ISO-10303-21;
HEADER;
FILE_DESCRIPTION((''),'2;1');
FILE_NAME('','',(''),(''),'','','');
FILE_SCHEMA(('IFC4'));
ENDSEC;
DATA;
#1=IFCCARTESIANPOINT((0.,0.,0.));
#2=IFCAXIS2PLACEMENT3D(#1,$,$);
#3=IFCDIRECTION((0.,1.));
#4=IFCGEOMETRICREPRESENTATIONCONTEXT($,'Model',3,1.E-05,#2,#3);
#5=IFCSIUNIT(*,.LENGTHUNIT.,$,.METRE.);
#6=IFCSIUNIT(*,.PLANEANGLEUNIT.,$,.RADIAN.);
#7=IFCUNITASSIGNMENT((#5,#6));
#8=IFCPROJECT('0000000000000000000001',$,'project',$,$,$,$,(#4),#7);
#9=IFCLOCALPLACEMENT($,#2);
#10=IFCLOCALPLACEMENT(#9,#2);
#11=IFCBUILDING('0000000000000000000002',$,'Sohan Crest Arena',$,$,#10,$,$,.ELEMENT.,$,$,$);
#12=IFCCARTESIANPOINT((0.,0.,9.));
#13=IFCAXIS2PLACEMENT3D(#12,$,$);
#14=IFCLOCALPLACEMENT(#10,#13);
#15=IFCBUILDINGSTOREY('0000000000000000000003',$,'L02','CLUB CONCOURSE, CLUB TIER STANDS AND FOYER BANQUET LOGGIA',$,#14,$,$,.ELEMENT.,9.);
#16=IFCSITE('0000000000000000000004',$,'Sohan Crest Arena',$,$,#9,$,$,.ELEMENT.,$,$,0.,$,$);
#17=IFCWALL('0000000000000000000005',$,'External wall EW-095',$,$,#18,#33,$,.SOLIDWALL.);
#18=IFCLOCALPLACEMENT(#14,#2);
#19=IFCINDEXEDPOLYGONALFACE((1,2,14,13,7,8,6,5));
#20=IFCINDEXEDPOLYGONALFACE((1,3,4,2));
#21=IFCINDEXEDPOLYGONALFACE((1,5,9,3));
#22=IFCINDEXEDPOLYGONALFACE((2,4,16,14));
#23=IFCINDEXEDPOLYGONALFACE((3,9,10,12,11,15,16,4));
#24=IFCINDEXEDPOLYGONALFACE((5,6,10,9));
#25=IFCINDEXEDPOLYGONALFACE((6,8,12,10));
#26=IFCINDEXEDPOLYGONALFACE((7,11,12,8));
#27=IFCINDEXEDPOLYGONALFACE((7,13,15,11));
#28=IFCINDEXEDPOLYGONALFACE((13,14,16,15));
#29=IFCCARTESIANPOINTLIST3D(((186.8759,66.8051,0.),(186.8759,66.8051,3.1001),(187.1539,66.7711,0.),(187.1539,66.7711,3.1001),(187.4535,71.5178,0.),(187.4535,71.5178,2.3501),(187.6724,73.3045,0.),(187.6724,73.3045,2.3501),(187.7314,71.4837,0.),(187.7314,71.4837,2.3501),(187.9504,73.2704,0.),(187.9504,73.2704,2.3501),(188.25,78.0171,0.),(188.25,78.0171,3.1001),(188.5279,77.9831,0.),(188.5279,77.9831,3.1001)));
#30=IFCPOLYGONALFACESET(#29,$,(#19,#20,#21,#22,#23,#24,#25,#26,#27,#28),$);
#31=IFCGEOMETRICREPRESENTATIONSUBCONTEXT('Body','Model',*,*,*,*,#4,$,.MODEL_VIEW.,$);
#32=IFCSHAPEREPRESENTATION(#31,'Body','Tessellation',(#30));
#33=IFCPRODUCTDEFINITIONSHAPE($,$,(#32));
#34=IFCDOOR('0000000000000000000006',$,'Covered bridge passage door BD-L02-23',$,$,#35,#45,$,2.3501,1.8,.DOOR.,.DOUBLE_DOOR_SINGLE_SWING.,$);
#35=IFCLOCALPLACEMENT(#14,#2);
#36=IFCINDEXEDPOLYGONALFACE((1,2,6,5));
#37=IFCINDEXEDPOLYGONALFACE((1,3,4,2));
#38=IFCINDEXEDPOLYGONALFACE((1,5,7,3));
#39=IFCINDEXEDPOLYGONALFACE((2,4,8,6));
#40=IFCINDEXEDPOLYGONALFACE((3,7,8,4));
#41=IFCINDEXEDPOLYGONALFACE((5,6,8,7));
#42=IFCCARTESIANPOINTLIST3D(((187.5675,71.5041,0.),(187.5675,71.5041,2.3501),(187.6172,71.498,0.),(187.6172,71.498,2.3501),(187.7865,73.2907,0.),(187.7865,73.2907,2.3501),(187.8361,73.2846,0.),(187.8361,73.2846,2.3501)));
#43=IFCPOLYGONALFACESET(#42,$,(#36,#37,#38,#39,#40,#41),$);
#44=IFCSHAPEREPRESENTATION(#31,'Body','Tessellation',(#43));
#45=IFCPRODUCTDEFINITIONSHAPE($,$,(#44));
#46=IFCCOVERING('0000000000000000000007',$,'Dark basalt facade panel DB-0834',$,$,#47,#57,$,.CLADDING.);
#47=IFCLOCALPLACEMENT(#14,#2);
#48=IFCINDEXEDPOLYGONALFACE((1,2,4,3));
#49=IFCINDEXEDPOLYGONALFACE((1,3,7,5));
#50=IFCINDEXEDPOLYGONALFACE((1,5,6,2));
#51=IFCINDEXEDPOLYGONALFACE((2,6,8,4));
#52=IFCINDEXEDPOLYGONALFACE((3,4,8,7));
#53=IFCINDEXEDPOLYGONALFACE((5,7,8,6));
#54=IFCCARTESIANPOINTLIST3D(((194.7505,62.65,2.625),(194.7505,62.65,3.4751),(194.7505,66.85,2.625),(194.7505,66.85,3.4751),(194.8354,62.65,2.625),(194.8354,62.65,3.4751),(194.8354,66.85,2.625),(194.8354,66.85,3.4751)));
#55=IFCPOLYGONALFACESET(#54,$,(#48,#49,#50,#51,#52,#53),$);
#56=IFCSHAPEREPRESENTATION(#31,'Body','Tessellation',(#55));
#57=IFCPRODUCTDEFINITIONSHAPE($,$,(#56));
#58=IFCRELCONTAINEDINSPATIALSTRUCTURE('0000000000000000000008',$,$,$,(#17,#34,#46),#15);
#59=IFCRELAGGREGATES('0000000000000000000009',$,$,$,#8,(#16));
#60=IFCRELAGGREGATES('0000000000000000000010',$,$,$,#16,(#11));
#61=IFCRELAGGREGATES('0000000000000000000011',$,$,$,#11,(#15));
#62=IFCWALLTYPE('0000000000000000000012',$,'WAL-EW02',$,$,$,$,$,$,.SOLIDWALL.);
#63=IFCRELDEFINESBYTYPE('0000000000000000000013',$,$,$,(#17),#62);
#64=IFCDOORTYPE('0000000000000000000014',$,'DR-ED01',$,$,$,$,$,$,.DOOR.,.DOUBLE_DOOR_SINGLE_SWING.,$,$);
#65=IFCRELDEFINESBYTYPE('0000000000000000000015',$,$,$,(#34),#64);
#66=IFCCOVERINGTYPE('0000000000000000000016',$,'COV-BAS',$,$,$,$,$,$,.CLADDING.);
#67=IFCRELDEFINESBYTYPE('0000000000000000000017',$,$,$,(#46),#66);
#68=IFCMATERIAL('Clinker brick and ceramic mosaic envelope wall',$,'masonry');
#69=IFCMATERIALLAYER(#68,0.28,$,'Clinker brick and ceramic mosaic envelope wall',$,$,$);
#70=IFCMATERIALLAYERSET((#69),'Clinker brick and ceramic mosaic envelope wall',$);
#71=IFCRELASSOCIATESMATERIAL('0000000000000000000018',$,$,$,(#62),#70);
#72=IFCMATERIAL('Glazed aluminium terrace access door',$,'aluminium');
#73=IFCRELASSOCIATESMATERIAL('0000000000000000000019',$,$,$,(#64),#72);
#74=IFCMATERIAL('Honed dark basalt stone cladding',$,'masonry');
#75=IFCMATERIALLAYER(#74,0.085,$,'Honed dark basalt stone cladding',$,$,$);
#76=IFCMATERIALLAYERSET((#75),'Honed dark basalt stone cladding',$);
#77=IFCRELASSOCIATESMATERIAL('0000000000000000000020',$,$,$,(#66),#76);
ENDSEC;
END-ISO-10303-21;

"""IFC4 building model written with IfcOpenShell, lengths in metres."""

from ifc_helpers import new_model, si_unit, direction, frame, frame_2d, origin, origin_2d, place, context, subcontext, project, spatial, rectangle, extrude, material, layer, layer_set, type_object, element, fill, save


model = new_model("IFC4")

# Units and contexts
model_context = context("Model", 3, precision=1e-05, world=origin(), true_north=direction((0.0, 1.0)))
body_context = subcontext(model_context, "Body", "Model", "MODEL_VIEW")
ifc_project = project(units=[si_unit("LENGTHUNIT", "METRE"), si_unit("PLANEANGLEUNIT", "RADIAN")], contexts=[model_context])

# Site, building, storey
site_placement = place(None, origin())
site = spatial("IfcSite", under=ifc_project, at=site_placement, Name="Sohan Crest Arena", CompositionType="ELEMENT", RefElevation=0.0)
building_placement = place(site_placement, origin())
building = spatial("IfcBuilding", under=site, at=building_placement, Name="Sohan Crest Arena", CompositionType="ELEMENT")
storey_placement = place(building_placement, frame((0.0, 0.0, 9.0)))
storey = spatial("IfcBuildingStorey", under=building, at=storey_placement, Name="L02", Description="CLUB CONCOURSE, CLUB TIER STANDS AND FOYER BANQUET LOGGIA", CompositionType="ELEMENT", Elevation=9.0)

# Wall, opening, door
ifc_material_1 = material(Name="Clinker brick and ceramic mosaic envelope wall", Category="masonry")
ifc_layer_1 = layer(ifc_material_1, 0.28, Name="Clinker brick and ceramic mosaic envelope wall")
ifc_layer_set_1 = layer_set([ifc_layer_1], Name="Clinker brick and ceramic mosaic envelope wall")
wall_type = type_object("IfcWallType", Name="WAL-EW02", PredefinedType="SOLIDWALL", material=ifc_layer_set_1)
wall_placement = place(storey_placement, frame((187.0149, 66.7881, 0.0), z_axis=(0.0, 0.0, 1.0), x_axis=(0.12164, 0.992574, 0.0)))
wall = element("IfcWall", 1, at=wall_placement, inside=storey, type_object=wall_type, Name="External wall EW-095", PredefinedType="SOLIDWALL", context=body_context, shape_type="SweptSolid", body=[
    extrude(rectangle(XDim=11.2959, YDim=0.28, at=frame_2d((5.6479, 0.0))), origin(), (0.0, 0.0, 1.0), 3.1001),
])
opening_placement = place(wall_placement, frame((4.748, 0.0, 0.0)))
opening = element("IfcOpeningElement", 2, at=opening_placement, cuts=wall, PredefinedType="OPENING", context=body_context, shape_type="SweptSolid", body=[
    extrude(rectangle(XDim=1.8, YDim=2.3501, at=frame_2d((0.8999, 1.175))), frame((0.0, 0.1499, 0.0), z_axis=(0.0, -1.0, 0.0), x_axis=(1.0, 0.0, 0.0)), (0.0, 0.0, 1.0), 0.3),
])
ifc_material_2 = material(Name="Glazed aluminium terrace access door", Category="aluminium")
door_type = type_object("IfcDoorType", Name="DR-ED01", OperationType="DOUBLE_DOOR_SINGLE_SWING", PredefinedType="DOOR", material=ifc_material_2)
door_placement = place(opening_placement, frame((1.8, 0.0, 0.0), z_axis=(0.0, 0.0, 1.0), x_axis=(-1.0, 0.0, 0.0)))
door = element("IfcDoor", 3, at=door_placement, inside=storey, type_object=door_type, Name="Covered bridge passage door BD-L02-23", OperationType="DOUBLE_DOOR_SINGLE_SWING", OverallHeight=2.3501, OverallWidth=1.8, PredefinedType="DOOR", context=body_context, shape_type="SweptSolid", body=[
    extrude(rectangle(XDim=1.8, YDim=2.3501, at=frame_2d((0.8999, 1.175))), frame((0.0, 0.0249, 0.0), z_axis=(0.0, -1.0, 0.0), x_axis=(1.0, 0.0, 0.0)), (0.0, 0.0, 1.0), 0.05),
])
fill(opening, door)

# Covering
ifc_material_3 = material(Name="Honed dark basalt stone cladding", Category="masonry")
ifc_layer_2 = layer(ifc_material_3, 0.085, Name="Honed dark basalt stone cladding")
ifc_layer_set_2 = layer_set([ifc_layer_2], Name="Honed dark basalt stone cladding")
covering_type = type_object("IfcCoveringType", Name="COV-BAS", PredefinedType="CLADDING", material=ifc_layer_set_2)
covering_placement = place(storey_placement, frame((194.793, 64.75, 2.625), z_axis=(0.0, 0.0, 1.0), x_axis=(0.0, -1.0, 0.0)))
element("IfcCovering", 4, at=covering_placement, inside=storey, type_object=covering_type, Name="Dark basalt facade panel DB-0834", PredefinedType="CLADDING", context=body_context, shape_type="SweptSolid", body=[
    extrude(rectangle(XDim=4.2, YDim=0.085, at=origin_2d()), origin(), (0.0, 0.0, 1.0), 0.8501),
])

save(model, "model.ifc")
